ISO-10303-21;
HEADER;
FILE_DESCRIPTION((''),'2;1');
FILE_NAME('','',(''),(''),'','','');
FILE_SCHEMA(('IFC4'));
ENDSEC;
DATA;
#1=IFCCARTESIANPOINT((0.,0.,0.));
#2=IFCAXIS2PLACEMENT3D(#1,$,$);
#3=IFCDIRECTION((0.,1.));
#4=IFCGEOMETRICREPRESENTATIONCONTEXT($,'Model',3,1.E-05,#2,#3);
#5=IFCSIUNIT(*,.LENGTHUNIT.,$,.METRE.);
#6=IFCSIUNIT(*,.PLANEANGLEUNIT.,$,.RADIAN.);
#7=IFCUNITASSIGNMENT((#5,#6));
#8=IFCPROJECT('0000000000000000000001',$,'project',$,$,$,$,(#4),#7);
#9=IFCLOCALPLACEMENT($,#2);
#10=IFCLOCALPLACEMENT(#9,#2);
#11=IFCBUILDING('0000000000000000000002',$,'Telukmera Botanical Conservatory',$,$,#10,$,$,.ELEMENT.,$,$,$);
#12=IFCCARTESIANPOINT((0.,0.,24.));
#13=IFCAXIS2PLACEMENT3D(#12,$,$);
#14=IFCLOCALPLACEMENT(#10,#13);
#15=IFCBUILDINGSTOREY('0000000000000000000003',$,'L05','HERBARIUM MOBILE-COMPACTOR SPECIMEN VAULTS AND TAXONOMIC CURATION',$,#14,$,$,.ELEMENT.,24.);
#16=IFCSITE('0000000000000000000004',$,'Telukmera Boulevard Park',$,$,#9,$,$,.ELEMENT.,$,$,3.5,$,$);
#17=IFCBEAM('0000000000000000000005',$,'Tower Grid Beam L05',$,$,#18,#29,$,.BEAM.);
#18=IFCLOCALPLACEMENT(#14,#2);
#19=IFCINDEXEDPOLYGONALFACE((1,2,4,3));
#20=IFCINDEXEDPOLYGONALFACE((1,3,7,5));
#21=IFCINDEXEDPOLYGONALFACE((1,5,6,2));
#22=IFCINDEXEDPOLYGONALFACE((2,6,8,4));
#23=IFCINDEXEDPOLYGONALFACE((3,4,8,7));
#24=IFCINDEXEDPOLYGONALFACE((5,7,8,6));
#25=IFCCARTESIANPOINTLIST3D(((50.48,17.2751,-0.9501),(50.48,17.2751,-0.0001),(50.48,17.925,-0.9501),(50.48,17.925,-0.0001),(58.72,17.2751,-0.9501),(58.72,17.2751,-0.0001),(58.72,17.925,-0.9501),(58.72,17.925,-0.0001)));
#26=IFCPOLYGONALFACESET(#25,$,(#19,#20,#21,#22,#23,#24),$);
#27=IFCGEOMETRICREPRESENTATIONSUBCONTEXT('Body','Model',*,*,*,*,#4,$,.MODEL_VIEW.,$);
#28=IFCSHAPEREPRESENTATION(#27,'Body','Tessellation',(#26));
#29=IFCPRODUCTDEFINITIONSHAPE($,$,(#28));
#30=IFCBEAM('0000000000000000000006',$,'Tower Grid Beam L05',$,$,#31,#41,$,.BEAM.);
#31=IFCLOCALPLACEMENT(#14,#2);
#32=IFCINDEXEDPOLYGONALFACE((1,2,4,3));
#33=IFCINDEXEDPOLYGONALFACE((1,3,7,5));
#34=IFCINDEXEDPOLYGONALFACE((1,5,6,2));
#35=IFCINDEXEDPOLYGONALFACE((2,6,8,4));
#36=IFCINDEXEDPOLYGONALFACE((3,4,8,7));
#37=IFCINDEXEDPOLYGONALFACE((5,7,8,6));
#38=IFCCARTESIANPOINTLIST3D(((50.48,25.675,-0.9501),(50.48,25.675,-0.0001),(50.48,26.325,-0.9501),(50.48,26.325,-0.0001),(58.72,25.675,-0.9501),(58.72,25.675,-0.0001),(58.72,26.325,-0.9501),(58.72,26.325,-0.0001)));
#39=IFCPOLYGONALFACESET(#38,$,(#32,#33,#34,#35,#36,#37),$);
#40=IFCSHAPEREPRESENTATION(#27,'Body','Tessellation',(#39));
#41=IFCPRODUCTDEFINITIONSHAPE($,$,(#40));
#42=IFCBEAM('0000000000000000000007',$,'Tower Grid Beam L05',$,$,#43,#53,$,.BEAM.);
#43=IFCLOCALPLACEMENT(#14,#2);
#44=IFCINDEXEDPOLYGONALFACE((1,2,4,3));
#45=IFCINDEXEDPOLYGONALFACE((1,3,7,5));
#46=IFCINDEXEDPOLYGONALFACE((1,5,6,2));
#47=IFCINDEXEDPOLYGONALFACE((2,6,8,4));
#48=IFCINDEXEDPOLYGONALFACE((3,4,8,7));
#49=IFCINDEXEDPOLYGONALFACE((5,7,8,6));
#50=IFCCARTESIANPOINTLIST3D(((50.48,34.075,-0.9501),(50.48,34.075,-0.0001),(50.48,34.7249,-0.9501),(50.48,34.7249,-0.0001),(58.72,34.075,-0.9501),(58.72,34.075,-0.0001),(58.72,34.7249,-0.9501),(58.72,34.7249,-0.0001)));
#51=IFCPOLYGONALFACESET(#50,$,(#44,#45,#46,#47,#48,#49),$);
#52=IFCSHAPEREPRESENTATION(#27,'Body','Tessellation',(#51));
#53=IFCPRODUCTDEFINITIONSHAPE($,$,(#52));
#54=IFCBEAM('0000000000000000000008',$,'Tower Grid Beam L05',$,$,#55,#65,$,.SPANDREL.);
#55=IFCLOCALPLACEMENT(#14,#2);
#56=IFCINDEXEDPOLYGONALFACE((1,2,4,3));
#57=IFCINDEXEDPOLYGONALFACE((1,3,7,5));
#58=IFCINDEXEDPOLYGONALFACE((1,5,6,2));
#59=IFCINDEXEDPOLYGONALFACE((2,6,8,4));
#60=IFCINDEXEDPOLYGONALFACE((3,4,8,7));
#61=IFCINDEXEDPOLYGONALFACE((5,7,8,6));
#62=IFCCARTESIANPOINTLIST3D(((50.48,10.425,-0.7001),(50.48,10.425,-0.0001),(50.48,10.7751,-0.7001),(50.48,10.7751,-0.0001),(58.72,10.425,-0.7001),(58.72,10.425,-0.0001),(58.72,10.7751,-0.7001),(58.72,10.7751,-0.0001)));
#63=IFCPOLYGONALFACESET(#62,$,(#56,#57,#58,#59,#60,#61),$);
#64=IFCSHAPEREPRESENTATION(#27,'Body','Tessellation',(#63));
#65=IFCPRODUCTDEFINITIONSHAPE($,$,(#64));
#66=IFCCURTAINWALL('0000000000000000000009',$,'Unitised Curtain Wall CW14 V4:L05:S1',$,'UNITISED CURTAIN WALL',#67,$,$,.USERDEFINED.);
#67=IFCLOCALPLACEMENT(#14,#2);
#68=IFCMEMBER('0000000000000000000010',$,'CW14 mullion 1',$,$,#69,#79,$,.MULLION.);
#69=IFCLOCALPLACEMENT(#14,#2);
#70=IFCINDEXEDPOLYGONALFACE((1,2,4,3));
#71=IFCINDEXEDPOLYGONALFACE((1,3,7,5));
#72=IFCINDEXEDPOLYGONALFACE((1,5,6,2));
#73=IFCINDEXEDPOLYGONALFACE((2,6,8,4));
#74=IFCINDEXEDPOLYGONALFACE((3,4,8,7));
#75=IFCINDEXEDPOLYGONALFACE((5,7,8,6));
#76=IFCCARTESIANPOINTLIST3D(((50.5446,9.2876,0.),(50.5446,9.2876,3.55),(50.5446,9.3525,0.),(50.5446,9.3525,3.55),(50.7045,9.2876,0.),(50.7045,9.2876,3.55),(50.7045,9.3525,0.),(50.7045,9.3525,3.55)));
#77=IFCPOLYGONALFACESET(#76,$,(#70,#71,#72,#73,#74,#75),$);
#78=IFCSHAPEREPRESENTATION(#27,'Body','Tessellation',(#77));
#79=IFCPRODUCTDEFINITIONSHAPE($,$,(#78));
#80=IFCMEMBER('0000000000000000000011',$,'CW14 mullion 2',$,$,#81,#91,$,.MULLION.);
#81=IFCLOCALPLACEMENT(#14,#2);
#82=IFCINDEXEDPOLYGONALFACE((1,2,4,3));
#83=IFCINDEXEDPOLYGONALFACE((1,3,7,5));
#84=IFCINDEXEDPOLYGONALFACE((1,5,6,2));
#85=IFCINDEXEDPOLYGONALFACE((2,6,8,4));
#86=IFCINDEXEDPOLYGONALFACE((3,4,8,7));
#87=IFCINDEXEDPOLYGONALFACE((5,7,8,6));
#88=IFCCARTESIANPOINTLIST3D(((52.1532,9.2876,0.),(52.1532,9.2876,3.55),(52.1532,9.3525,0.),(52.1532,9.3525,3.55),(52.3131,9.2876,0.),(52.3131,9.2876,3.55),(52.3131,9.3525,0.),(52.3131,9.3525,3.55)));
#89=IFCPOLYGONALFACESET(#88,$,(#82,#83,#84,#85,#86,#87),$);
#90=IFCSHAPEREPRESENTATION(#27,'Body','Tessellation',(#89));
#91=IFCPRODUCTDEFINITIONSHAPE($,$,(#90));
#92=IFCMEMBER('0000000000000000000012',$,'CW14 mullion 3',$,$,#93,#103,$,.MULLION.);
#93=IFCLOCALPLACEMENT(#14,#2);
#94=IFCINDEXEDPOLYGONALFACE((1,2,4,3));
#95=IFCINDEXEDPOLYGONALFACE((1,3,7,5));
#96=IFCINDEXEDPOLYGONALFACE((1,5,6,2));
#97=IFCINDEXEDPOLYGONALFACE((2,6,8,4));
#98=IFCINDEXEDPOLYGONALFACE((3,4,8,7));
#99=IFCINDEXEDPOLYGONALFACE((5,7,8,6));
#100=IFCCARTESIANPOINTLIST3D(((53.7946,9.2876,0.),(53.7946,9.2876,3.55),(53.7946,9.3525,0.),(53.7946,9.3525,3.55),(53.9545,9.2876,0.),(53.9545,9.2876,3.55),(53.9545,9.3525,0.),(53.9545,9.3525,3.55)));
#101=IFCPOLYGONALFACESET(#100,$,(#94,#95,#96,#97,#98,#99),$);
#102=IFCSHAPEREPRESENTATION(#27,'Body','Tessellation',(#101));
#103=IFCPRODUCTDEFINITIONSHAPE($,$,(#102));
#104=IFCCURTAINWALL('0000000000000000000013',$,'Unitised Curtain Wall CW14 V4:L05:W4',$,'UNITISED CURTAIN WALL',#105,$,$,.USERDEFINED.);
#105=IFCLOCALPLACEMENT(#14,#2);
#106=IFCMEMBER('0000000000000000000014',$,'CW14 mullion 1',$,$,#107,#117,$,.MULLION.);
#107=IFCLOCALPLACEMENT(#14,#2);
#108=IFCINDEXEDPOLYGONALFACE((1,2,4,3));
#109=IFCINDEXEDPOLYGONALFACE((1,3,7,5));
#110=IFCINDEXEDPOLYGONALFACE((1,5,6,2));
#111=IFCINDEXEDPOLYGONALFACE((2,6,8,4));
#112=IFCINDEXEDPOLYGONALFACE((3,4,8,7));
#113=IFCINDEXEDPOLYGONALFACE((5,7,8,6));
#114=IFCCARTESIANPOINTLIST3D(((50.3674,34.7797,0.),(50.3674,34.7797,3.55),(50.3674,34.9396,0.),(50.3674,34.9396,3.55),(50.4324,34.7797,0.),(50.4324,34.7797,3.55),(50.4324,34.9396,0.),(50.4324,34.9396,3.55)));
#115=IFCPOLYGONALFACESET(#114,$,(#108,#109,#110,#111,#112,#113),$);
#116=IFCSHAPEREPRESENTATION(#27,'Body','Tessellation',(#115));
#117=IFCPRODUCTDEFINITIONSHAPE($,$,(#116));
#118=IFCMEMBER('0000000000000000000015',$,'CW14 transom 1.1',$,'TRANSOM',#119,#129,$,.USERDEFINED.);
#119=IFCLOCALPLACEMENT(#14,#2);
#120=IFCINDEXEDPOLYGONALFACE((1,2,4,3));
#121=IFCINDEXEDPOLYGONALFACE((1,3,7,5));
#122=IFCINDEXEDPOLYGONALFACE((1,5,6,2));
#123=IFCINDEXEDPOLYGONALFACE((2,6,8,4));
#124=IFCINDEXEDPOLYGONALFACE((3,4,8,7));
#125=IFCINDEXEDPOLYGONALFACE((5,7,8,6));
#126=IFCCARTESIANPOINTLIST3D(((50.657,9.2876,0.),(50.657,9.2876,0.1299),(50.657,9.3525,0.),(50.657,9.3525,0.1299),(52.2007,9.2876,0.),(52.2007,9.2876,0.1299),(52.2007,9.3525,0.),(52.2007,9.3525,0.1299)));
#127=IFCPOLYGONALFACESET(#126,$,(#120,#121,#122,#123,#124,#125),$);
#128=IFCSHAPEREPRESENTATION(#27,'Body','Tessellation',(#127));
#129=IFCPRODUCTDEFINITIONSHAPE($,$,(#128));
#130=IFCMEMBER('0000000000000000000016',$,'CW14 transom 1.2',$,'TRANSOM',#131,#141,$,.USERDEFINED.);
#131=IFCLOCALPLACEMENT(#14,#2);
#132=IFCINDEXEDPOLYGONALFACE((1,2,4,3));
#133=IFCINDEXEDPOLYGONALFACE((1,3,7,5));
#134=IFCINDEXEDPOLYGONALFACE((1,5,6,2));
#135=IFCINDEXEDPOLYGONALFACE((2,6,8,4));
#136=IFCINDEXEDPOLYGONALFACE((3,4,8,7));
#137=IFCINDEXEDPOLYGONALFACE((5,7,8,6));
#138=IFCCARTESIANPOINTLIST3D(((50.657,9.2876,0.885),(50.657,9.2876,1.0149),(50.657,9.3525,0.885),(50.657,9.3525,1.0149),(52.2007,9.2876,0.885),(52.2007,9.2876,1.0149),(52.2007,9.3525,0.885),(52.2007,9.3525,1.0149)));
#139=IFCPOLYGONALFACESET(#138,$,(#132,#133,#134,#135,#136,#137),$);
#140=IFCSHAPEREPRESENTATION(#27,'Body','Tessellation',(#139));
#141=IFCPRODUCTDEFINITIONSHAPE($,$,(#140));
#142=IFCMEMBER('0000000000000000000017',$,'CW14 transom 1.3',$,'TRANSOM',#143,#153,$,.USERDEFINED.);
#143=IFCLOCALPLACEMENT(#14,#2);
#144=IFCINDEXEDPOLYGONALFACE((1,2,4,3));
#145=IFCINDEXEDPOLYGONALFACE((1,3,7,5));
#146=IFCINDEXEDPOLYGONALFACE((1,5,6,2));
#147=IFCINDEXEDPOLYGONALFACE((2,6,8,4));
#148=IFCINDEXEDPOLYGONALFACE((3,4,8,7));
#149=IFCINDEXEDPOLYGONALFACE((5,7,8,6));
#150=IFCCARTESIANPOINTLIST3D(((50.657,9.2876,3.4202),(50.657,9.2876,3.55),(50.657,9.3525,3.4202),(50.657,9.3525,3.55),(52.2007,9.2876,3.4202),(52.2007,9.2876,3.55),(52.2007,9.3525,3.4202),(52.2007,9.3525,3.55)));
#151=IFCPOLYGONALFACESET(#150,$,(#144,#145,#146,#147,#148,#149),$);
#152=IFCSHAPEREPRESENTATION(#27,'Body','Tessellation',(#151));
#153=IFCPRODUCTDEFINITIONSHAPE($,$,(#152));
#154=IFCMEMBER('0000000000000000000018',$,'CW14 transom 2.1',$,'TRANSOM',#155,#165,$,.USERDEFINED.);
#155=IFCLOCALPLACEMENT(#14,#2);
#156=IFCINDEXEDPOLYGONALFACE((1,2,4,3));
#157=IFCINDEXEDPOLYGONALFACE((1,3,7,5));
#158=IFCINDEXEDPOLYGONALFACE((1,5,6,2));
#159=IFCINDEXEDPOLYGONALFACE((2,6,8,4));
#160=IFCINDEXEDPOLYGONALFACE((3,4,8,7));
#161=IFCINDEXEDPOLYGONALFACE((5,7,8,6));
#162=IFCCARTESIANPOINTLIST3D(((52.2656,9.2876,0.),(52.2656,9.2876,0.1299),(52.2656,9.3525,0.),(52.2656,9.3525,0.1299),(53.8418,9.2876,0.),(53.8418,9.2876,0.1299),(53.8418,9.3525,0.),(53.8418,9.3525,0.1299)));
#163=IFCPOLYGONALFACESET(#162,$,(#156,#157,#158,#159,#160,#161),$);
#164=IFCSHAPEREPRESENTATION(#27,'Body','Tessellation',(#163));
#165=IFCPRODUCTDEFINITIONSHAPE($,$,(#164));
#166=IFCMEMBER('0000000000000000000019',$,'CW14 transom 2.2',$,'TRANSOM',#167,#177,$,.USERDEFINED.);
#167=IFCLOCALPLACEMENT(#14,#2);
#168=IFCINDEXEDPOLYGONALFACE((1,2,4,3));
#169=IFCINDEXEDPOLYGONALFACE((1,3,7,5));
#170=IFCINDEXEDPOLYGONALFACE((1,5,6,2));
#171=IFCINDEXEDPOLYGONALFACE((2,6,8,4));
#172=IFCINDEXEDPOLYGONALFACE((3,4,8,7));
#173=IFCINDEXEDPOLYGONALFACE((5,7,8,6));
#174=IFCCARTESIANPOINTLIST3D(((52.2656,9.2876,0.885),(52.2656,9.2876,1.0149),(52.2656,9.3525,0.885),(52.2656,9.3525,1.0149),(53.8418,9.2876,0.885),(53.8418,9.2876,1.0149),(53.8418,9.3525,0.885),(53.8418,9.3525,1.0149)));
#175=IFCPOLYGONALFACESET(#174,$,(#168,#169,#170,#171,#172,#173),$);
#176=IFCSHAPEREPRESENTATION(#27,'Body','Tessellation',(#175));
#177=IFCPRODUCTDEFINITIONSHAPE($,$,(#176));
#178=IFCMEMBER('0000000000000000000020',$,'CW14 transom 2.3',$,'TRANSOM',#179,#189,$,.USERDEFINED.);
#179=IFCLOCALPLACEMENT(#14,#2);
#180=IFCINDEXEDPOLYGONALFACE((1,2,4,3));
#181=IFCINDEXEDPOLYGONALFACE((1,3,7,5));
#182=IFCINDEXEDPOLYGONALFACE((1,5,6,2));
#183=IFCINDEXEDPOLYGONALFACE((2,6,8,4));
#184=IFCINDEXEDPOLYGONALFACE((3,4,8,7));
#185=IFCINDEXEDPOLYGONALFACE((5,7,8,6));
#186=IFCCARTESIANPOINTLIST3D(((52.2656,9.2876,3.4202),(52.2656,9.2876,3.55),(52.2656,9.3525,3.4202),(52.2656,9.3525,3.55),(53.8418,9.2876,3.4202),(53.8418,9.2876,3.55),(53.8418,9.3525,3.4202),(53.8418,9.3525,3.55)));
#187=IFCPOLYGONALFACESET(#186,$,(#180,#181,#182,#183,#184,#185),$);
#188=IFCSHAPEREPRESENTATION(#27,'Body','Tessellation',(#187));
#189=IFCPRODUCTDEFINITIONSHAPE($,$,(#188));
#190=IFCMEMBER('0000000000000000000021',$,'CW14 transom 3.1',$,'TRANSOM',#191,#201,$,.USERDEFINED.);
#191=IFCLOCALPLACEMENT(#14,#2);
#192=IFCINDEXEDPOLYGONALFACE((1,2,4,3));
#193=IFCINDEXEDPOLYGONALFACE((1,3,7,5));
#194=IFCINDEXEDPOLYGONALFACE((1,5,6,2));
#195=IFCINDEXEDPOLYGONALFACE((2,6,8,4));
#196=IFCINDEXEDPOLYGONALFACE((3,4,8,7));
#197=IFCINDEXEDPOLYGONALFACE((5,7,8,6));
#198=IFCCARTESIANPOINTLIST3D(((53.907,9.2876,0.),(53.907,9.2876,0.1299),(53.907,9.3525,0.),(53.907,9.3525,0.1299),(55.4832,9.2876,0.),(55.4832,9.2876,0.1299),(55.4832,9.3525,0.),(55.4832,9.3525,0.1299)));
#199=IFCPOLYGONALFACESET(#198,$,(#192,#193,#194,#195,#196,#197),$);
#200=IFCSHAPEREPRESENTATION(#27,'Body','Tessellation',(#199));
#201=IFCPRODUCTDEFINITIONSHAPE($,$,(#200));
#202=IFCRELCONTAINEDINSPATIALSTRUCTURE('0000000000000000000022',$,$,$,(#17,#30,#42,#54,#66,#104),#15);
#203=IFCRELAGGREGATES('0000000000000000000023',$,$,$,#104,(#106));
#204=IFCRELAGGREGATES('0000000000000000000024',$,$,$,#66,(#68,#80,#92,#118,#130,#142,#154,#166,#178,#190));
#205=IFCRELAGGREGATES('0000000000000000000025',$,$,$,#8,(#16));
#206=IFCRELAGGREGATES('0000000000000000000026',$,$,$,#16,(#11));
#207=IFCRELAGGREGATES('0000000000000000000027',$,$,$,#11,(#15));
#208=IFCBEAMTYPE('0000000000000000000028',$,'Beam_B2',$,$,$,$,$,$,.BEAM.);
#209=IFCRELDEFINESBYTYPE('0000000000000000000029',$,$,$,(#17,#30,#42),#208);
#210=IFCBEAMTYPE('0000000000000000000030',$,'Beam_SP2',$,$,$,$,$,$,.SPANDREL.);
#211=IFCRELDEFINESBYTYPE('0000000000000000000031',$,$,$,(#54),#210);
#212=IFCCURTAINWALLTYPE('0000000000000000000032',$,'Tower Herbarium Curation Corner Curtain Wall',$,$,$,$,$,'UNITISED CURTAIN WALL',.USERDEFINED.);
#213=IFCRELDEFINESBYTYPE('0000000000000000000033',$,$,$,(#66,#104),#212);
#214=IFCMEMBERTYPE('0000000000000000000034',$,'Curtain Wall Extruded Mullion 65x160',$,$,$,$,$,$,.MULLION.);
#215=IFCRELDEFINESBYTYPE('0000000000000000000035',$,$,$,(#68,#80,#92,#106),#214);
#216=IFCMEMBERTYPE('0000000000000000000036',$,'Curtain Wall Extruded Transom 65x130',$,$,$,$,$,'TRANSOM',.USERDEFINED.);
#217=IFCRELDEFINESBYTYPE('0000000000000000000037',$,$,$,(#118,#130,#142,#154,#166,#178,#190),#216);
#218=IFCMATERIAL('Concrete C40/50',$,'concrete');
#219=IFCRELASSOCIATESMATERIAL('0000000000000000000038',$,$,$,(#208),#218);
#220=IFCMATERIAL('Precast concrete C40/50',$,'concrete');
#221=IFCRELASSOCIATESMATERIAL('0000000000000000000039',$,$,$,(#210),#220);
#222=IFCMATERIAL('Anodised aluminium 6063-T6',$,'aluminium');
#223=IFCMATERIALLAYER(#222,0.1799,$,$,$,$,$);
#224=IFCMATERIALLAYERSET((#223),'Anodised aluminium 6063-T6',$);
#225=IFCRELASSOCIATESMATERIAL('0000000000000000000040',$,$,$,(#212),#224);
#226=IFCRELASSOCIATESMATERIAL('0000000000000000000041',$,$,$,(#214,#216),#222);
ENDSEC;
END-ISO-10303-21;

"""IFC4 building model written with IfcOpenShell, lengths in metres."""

from ifc_helpers import new_model, si_unit, direction, frame, origin, origin_2d, place, context, subcontext, project, spatial, rectangle, extrude, material, layer, layer_set, material_profile, profile_set, type_object, element, aggregate, save


model = new_model("IFC4")

# Units and contexts
model_context = context("Model", 3, precision=1e-05, world=origin(), true_north=direction((0.0, 1.0)))
body_context = subcontext(model_context, "Body", "Model", "MODEL_VIEW")
ifc_project = project(units=[si_unit("LENGTHUNIT", "METRE"), si_unit("PLANEANGLEUNIT", "RADIAN")], contexts=[model_context])

# Site, building, storey
site_placement = place(None, origin())
site = spatial("IfcSite", under=ifc_project, at=site_placement, Name="Telukmera Boulevard Park", CompositionType="ELEMENT", RefElevation=3.5)
building_placement = place(site_placement, origin())
building = spatial("IfcBuilding", under=site, at=building_placement, Name="Telukmera Botanical Conservatory", CompositionType="ELEMENT")
storey_placement = place(building_placement, frame((0.0, 0.0, 24.0)))
storey = spatial("IfcBuildingStorey", under=building, at=storey_placement, Name="L05", Description="HERBARIUM MOBILE-COMPACTOR SPECIMEN VAULTS AND TAXONOMIC CURATION", CompositionType="ELEMENT", Elevation=24.0)

# Beams
ifc_material_1 = material(Name="Concrete C40/50", Category="concrete")
ifc_material_profile_1 = material_profile(ifc_material_1, rectangle(XDim=0.6499, YDim=0.95, at=origin_2d()), Name="RC 650x950")
ifc_profile_set_1 = profile_set([ifc_material_profile_1], Name="Concrete C40/50")
beam_type_1 = type_object("IfcBeamType", Name="Beam_B2", PredefinedType="BEAM", material=ifc_profile_set_1)
for number, where, z_axis, x_axis, name in (
    (1, (50.48, 17.6001, -0.4751), (1.0, 0.0, 0.0), (0.0, 1.0, 0.0), "Tower Grid Beam L05"),
    (2, (50.48, 26.0, -0.4751), (1.0, 0.0, 0.0), (0.0, 1.0, 0.0), "Tower Grid Beam L05"),
    (3, (50.48, 34.3999, -0.4751), (1.0, 0.0, 0.0), (0.0, 1.0, 0.0), "Tower Grid Beam L05"),
):
    element("IfcBeam", number, at=place(storey_placement, frame(where, z_axis=z_axis, x_axis=x_axis)), inside=storey, type_object=beam_type_1, Name=name, PredefinedType="BEAM", context=body_context, shape_type="SweptSolid", body=[
        extrude(rectangle(XDim=0.6499, YDim=0.95, at=origin_2d()), origin(), (0.0, 0.0, 1.0), 8.24),
    ])
ifc_material_2 = material(Name="Precast concrete C40/50", Category="concrete")
ifc_material_profile_2 = material_profile(ifc_material_2, rectangle(XDim=0.3501, YDim=0.7, at=origin_2d()), Name="PC 350x700")
ifc_profile_set_2 = profile_set([ifc_material_profile_2], Name="Precast concrete C40/50")
beam_type_2 = type_object("IfcBeamType", Name="Beam_SP2", PredefinedType="SPANDREL", material=ifc_profile_set_2)
beam_placement = place(storey_placement, frame((50.48, 10.6001, -0.3501), z_axis=(1.0, 0.0, 0.0), x_axis=(0.0, 1.0, 0.0)))
element("IfcBeam", 4, at=beam_placement, inside=storey, type_object=beam_type_2, Name="Tower Grid Beam L05", PredefinedType="SPANDREL", context=body_context, shape_type="SweptSolid", body=[
    extrude(rectangle(XDim=0.3501, YDim=0.7, at=origin_2d()), origin(), (0.0, 0.0, 1.0), 8.24),
])

# Curtain wall, members
ifc_material_3 = material(Name="Anodised aluminium 6063-T6", Category="aluminium")
ifc_layer_1 = layer(ifc_material_3, 0.1799)
ifc_layer_set_1 = layer_set([ifc_layer_1], Name="Anodised aluminium 6063-T6")
curtain_wall_type = type_object("IfcCurtainWallType", Name="Tower Herbarium Curation Corner Curtain Wall", ElementType="UNITISED CURTAIN WALL", PredefinedType="USERDEFINED", material=ifc_layer_set_1)
curtain_wall_1_placement = place(storey_placement, origin())
curtain_wall_1 = element("IfcCurtainWall", 5, at=curtain_wall_1_placement, inside=storey, type_object=curtain_wall_type, Name="Unitised Curtain Wall CW14 V4:L05:S1", ObjectType="UNITISED CURTAIN WALL", PredefinedType="USERDEFINED")
ifc_material_profile_3 = material_profile(ifc_material_3, rectangle(XDim=0.0649, YDim=0.1599, at=origin_2d()), Name="ALU MULL 65x160")
ifc_profile_set_3 = profile_set([ifc_material_profile_3], Name="Anodised aluminium 6063-T6")
member_type_1 = type_object("IfcMemberType", Name="Curtain Wall Extruded Mullion 65x160", PredefinedType="MULLION", material=ifc_profile_set_3)
member_1_placement = place(storey_placement, frame((50.6245, 9.3201, 0.0), z_axis=(0.0, 0.0, 1.0), x_axis=(0.0, 1.0, 0.0)))
member_1 = element("IfcMember", 6, at=member_1_placement, type_object=member_type_1, Name="CW14 mullion 1", PredefinedType="MULLION", context=body_context, shape_type="SweptSolid", body=[
    extrude(rectangle(XDim=0.0649, YDim=0.1599, at=origin_2d()), origin(), (0.0, 0.0, 1.0), 3.55),
])
member_2_placement = place(storey_placement, frame((52.2332, 9.3201, 0.0), z_axis=(0.0, 0.0, 1.0), x_axis=(0.0, 1.0, 0.0)))
member_2 = element("IfcMember", 7, at=member_2_placement, type_object=member_type_1, Name="CW14 mullion 2", PredefinedType="MULLION", context=body_context, shape_type="SweptSolid", body=[
    extrude(rectangle(XDim=0.0649, YDim=0.1599, at=origin_2d()), origin(), (0.0, 0.0, 1.0), 3.55),
])
member_3_placement = place(storey_placement, frame((53.8745, 9.3201, 0.0), z_axis=(0.0, 0.0, 1.0), x_axis=(0.0, 1.0, 0.0)))
member_3 = element("IfcMember", 8, at=member_3_placement, type_object=member_type_1, Name="CW14 mullion 3", PredefinedType="MULLION", context=body_context, shape_type="SweptSolid", body=[
    extrude(rectangle(XDim=0.0649, YDim=0.1599, at=origin_2d()), origin(), (0.0, 0.0, 1.0), 3.55),
])

# Curtain wall, member
curtain_wall_2_placement = place(storey_placement, origin())
curtain_wall_2 = element("IfcCurtainWall", 9, at=curtain_wall_2_placement, inside=storey, type_object=curtain_wall_type, Name="Unitised Curtain Wall CW14 V4:L05:W4", ObjectType="UNITISED CURTAIN WALL", PredefinedType="USERDEFINED")
member_4_placement = place(storey_placement, frame((50.3999, 34.8596, 0.0), z_axis=(0.0, 0.0, 1.0), x_axis=(-1.0, 0.0, 0.0)))
member_4 = element("IfcMember", 10, at=member_4_placement, type_object=member_type_1, Name="CW14 mullion 1", PredefinedType="MULLION", context=body_context, shape_type="SweptSolid", body=[
    extrude(rectangle(XDim=0.0649, YDim=0.1599, at=origin_2d()), origin(), (0.0, 0.0, 1.0), 3.55),
])

# Members
ifc_material_profile_4 = material_profile(ifc_material_3, rectangle(XDim=0.0649, YDim=0.1299, at=origin_2d()), Name="ALU TRAN 65x130")
ifc_profile_set_4 = profile_set([ifc_material_profile_4], Name="Anodised aluminium 6063-T6")
member_type_2 = type_object("IfcMemberType", Name="Curtain Wall Extruded Transom 65x130", ElementType="TRANSOM", PredefinedType="USERDEFINED", material=ifc_profile_set_4)
member_5_placement = place(storey_placement, frame((50.657, 9.3201, 0.0649), z_axis=(1.0, 0.0, 0.0), x_axis=(0.0, 1.0, 0.0)))
member_5 = element("IfcMember", 11, at=member_5_placement, type_object=member_type_2, Name="CW14 transom 1.1", ObjectType="TRANSOM", PredefinedType="USERDEFINED", context=body_context, shape_type="SweptSolid", body=[
    extrude(rectangle(XDim=0.0649, YDim=0.1299, at=origin_2d()), origin(), (0.0, 0.0, 1.0), 1.5437),
])
member_6_placement = place(storey_placement, frame((50.657, 9.3201, 0.95), z_axis=(1.0, 0.0, 0.0), x_axis=(0.0, 1.0, 0.0)))
member_6 = element("IfcMember", 12, at=member_6_placement, type_object=member_type_2, Name="CW14 transom 1.2", ObjectType="TRANSOM", PredefinedType="USERDEFINED", context=body_context, shape_type="SweptSolid", body=[
    extrude(rectangle(XDim=0.0649, YDim=0.1299, at=origin_2d()), origin(), (0.0, 0.0, 1.0), 1.5437),
])
member_7_placement = place(storey_placement, frame((50.657, 9.3201, 3.4851), z_axis=(1.0, 0.0, 0.0), x_axis=(0.0, 1.0, 0.0)))
member_7 = element("IfcMember", 13, at=member_7_placement, type_object=member_type_2, Name="CW14 transom 1.3", ObjectType="TRANSOM", PredefinedType="USERDEFINED", context=body_context, shape_type="SweptSolid", body=[
    extrude(rectangle(XDim=0.0649, YDim=0.1299, at=origin_2d()), origin(), (0.0, 0.0, 1.0), 1.5437),
])
member_8_placement = place(storey_placement, frame((52.2656, 9.3201, 0.0649), z_axis=(1.0, 0.0, 0.0), x_axis=(0.0, 1.0, 0.0)))
member_8 = element("IfcMember", 14, at=member_8_placement, type_object=member_type_2, Name="CW14 transom 2.1", ObjectType="TRANSOM", PredefinedType="USERDEFINED", context=body_context, shape_type="SweptSolid", body=[
    extrude(rectangle(XDim=0.0649, YDim=0.1299, at=origin_2d()), origin(), (0.0, 0.0, 1.0), 1.5762),
])
member_9_placement = place(storey_placement, frame((52.2656, 9.3201, 0.95), z_axis=(1.0, 0.0, 0.0), x_axis=(0.0, 1.0, 0.0)))
member_9 = element("IfcMember", 15, at=member_9_placement, type_object=member_type_2, Name="CW14 transom 2.2", ObjectType="TRANSOM", PredefinedType="USERDEFINED", context=body_context, shape_type="SweptSolid", body=[
    extrude(rectangle(XDim=0.0649, YDim=0.1299, at=origin_2d()), origin(), (0.0, 0.0, 1.0), 1.5762),
])
member_10_placement = place(storey_placement, frame((52.2656, 9.3201, 3.4851), z_axis=(1.0, 0.0, 0.0), x_axis=(0.0, 1.0, 0.0)))
member_10 = element("IfcMember", 16, at=member_10_placement, type_object=member_type_2, Name="CW14 transom 2.3", ObjectType="TRANSOM", PredefinedType="USERDEFINED", context=body_context, shape_type="SweptSolid", body=[
    extrude(rectangle(XDim=0.0649, YDim=0.1299, at=origin_2d()), origin(), (0.0, 0.0, 1.0), 1.5762),
])
member_11_placement = place(storey_placement, frame((53.907, 9.3201, 0.0649), z_axis=(1.0, 0.0, 0.0), x_axis=(0.0, 1.0, 0.0)))
member_11 = element("IfcMember", 17, at=member_11_placement, type_object=member_type_2, Name="CW14 transom 3.1", ObjectType="TRANSOM", PredefinedType="USERDEFINED", context=body_context, shape_type="SweptSolid", body=[
    extrude(rectangle(XDim=0.0649, YDim=0.1299, at=origin_2d()), origin(), (0.0, 0.0, 1.0), 1.5762),
])
aggregate(curtain_wall_2, [member_4])

aggregate(curtain_wall_1, [member_1, member_2, member_3, member_5, member_6, member_7, member_8, member_9, member_10, member_11])

save(model, "model.ifc")
